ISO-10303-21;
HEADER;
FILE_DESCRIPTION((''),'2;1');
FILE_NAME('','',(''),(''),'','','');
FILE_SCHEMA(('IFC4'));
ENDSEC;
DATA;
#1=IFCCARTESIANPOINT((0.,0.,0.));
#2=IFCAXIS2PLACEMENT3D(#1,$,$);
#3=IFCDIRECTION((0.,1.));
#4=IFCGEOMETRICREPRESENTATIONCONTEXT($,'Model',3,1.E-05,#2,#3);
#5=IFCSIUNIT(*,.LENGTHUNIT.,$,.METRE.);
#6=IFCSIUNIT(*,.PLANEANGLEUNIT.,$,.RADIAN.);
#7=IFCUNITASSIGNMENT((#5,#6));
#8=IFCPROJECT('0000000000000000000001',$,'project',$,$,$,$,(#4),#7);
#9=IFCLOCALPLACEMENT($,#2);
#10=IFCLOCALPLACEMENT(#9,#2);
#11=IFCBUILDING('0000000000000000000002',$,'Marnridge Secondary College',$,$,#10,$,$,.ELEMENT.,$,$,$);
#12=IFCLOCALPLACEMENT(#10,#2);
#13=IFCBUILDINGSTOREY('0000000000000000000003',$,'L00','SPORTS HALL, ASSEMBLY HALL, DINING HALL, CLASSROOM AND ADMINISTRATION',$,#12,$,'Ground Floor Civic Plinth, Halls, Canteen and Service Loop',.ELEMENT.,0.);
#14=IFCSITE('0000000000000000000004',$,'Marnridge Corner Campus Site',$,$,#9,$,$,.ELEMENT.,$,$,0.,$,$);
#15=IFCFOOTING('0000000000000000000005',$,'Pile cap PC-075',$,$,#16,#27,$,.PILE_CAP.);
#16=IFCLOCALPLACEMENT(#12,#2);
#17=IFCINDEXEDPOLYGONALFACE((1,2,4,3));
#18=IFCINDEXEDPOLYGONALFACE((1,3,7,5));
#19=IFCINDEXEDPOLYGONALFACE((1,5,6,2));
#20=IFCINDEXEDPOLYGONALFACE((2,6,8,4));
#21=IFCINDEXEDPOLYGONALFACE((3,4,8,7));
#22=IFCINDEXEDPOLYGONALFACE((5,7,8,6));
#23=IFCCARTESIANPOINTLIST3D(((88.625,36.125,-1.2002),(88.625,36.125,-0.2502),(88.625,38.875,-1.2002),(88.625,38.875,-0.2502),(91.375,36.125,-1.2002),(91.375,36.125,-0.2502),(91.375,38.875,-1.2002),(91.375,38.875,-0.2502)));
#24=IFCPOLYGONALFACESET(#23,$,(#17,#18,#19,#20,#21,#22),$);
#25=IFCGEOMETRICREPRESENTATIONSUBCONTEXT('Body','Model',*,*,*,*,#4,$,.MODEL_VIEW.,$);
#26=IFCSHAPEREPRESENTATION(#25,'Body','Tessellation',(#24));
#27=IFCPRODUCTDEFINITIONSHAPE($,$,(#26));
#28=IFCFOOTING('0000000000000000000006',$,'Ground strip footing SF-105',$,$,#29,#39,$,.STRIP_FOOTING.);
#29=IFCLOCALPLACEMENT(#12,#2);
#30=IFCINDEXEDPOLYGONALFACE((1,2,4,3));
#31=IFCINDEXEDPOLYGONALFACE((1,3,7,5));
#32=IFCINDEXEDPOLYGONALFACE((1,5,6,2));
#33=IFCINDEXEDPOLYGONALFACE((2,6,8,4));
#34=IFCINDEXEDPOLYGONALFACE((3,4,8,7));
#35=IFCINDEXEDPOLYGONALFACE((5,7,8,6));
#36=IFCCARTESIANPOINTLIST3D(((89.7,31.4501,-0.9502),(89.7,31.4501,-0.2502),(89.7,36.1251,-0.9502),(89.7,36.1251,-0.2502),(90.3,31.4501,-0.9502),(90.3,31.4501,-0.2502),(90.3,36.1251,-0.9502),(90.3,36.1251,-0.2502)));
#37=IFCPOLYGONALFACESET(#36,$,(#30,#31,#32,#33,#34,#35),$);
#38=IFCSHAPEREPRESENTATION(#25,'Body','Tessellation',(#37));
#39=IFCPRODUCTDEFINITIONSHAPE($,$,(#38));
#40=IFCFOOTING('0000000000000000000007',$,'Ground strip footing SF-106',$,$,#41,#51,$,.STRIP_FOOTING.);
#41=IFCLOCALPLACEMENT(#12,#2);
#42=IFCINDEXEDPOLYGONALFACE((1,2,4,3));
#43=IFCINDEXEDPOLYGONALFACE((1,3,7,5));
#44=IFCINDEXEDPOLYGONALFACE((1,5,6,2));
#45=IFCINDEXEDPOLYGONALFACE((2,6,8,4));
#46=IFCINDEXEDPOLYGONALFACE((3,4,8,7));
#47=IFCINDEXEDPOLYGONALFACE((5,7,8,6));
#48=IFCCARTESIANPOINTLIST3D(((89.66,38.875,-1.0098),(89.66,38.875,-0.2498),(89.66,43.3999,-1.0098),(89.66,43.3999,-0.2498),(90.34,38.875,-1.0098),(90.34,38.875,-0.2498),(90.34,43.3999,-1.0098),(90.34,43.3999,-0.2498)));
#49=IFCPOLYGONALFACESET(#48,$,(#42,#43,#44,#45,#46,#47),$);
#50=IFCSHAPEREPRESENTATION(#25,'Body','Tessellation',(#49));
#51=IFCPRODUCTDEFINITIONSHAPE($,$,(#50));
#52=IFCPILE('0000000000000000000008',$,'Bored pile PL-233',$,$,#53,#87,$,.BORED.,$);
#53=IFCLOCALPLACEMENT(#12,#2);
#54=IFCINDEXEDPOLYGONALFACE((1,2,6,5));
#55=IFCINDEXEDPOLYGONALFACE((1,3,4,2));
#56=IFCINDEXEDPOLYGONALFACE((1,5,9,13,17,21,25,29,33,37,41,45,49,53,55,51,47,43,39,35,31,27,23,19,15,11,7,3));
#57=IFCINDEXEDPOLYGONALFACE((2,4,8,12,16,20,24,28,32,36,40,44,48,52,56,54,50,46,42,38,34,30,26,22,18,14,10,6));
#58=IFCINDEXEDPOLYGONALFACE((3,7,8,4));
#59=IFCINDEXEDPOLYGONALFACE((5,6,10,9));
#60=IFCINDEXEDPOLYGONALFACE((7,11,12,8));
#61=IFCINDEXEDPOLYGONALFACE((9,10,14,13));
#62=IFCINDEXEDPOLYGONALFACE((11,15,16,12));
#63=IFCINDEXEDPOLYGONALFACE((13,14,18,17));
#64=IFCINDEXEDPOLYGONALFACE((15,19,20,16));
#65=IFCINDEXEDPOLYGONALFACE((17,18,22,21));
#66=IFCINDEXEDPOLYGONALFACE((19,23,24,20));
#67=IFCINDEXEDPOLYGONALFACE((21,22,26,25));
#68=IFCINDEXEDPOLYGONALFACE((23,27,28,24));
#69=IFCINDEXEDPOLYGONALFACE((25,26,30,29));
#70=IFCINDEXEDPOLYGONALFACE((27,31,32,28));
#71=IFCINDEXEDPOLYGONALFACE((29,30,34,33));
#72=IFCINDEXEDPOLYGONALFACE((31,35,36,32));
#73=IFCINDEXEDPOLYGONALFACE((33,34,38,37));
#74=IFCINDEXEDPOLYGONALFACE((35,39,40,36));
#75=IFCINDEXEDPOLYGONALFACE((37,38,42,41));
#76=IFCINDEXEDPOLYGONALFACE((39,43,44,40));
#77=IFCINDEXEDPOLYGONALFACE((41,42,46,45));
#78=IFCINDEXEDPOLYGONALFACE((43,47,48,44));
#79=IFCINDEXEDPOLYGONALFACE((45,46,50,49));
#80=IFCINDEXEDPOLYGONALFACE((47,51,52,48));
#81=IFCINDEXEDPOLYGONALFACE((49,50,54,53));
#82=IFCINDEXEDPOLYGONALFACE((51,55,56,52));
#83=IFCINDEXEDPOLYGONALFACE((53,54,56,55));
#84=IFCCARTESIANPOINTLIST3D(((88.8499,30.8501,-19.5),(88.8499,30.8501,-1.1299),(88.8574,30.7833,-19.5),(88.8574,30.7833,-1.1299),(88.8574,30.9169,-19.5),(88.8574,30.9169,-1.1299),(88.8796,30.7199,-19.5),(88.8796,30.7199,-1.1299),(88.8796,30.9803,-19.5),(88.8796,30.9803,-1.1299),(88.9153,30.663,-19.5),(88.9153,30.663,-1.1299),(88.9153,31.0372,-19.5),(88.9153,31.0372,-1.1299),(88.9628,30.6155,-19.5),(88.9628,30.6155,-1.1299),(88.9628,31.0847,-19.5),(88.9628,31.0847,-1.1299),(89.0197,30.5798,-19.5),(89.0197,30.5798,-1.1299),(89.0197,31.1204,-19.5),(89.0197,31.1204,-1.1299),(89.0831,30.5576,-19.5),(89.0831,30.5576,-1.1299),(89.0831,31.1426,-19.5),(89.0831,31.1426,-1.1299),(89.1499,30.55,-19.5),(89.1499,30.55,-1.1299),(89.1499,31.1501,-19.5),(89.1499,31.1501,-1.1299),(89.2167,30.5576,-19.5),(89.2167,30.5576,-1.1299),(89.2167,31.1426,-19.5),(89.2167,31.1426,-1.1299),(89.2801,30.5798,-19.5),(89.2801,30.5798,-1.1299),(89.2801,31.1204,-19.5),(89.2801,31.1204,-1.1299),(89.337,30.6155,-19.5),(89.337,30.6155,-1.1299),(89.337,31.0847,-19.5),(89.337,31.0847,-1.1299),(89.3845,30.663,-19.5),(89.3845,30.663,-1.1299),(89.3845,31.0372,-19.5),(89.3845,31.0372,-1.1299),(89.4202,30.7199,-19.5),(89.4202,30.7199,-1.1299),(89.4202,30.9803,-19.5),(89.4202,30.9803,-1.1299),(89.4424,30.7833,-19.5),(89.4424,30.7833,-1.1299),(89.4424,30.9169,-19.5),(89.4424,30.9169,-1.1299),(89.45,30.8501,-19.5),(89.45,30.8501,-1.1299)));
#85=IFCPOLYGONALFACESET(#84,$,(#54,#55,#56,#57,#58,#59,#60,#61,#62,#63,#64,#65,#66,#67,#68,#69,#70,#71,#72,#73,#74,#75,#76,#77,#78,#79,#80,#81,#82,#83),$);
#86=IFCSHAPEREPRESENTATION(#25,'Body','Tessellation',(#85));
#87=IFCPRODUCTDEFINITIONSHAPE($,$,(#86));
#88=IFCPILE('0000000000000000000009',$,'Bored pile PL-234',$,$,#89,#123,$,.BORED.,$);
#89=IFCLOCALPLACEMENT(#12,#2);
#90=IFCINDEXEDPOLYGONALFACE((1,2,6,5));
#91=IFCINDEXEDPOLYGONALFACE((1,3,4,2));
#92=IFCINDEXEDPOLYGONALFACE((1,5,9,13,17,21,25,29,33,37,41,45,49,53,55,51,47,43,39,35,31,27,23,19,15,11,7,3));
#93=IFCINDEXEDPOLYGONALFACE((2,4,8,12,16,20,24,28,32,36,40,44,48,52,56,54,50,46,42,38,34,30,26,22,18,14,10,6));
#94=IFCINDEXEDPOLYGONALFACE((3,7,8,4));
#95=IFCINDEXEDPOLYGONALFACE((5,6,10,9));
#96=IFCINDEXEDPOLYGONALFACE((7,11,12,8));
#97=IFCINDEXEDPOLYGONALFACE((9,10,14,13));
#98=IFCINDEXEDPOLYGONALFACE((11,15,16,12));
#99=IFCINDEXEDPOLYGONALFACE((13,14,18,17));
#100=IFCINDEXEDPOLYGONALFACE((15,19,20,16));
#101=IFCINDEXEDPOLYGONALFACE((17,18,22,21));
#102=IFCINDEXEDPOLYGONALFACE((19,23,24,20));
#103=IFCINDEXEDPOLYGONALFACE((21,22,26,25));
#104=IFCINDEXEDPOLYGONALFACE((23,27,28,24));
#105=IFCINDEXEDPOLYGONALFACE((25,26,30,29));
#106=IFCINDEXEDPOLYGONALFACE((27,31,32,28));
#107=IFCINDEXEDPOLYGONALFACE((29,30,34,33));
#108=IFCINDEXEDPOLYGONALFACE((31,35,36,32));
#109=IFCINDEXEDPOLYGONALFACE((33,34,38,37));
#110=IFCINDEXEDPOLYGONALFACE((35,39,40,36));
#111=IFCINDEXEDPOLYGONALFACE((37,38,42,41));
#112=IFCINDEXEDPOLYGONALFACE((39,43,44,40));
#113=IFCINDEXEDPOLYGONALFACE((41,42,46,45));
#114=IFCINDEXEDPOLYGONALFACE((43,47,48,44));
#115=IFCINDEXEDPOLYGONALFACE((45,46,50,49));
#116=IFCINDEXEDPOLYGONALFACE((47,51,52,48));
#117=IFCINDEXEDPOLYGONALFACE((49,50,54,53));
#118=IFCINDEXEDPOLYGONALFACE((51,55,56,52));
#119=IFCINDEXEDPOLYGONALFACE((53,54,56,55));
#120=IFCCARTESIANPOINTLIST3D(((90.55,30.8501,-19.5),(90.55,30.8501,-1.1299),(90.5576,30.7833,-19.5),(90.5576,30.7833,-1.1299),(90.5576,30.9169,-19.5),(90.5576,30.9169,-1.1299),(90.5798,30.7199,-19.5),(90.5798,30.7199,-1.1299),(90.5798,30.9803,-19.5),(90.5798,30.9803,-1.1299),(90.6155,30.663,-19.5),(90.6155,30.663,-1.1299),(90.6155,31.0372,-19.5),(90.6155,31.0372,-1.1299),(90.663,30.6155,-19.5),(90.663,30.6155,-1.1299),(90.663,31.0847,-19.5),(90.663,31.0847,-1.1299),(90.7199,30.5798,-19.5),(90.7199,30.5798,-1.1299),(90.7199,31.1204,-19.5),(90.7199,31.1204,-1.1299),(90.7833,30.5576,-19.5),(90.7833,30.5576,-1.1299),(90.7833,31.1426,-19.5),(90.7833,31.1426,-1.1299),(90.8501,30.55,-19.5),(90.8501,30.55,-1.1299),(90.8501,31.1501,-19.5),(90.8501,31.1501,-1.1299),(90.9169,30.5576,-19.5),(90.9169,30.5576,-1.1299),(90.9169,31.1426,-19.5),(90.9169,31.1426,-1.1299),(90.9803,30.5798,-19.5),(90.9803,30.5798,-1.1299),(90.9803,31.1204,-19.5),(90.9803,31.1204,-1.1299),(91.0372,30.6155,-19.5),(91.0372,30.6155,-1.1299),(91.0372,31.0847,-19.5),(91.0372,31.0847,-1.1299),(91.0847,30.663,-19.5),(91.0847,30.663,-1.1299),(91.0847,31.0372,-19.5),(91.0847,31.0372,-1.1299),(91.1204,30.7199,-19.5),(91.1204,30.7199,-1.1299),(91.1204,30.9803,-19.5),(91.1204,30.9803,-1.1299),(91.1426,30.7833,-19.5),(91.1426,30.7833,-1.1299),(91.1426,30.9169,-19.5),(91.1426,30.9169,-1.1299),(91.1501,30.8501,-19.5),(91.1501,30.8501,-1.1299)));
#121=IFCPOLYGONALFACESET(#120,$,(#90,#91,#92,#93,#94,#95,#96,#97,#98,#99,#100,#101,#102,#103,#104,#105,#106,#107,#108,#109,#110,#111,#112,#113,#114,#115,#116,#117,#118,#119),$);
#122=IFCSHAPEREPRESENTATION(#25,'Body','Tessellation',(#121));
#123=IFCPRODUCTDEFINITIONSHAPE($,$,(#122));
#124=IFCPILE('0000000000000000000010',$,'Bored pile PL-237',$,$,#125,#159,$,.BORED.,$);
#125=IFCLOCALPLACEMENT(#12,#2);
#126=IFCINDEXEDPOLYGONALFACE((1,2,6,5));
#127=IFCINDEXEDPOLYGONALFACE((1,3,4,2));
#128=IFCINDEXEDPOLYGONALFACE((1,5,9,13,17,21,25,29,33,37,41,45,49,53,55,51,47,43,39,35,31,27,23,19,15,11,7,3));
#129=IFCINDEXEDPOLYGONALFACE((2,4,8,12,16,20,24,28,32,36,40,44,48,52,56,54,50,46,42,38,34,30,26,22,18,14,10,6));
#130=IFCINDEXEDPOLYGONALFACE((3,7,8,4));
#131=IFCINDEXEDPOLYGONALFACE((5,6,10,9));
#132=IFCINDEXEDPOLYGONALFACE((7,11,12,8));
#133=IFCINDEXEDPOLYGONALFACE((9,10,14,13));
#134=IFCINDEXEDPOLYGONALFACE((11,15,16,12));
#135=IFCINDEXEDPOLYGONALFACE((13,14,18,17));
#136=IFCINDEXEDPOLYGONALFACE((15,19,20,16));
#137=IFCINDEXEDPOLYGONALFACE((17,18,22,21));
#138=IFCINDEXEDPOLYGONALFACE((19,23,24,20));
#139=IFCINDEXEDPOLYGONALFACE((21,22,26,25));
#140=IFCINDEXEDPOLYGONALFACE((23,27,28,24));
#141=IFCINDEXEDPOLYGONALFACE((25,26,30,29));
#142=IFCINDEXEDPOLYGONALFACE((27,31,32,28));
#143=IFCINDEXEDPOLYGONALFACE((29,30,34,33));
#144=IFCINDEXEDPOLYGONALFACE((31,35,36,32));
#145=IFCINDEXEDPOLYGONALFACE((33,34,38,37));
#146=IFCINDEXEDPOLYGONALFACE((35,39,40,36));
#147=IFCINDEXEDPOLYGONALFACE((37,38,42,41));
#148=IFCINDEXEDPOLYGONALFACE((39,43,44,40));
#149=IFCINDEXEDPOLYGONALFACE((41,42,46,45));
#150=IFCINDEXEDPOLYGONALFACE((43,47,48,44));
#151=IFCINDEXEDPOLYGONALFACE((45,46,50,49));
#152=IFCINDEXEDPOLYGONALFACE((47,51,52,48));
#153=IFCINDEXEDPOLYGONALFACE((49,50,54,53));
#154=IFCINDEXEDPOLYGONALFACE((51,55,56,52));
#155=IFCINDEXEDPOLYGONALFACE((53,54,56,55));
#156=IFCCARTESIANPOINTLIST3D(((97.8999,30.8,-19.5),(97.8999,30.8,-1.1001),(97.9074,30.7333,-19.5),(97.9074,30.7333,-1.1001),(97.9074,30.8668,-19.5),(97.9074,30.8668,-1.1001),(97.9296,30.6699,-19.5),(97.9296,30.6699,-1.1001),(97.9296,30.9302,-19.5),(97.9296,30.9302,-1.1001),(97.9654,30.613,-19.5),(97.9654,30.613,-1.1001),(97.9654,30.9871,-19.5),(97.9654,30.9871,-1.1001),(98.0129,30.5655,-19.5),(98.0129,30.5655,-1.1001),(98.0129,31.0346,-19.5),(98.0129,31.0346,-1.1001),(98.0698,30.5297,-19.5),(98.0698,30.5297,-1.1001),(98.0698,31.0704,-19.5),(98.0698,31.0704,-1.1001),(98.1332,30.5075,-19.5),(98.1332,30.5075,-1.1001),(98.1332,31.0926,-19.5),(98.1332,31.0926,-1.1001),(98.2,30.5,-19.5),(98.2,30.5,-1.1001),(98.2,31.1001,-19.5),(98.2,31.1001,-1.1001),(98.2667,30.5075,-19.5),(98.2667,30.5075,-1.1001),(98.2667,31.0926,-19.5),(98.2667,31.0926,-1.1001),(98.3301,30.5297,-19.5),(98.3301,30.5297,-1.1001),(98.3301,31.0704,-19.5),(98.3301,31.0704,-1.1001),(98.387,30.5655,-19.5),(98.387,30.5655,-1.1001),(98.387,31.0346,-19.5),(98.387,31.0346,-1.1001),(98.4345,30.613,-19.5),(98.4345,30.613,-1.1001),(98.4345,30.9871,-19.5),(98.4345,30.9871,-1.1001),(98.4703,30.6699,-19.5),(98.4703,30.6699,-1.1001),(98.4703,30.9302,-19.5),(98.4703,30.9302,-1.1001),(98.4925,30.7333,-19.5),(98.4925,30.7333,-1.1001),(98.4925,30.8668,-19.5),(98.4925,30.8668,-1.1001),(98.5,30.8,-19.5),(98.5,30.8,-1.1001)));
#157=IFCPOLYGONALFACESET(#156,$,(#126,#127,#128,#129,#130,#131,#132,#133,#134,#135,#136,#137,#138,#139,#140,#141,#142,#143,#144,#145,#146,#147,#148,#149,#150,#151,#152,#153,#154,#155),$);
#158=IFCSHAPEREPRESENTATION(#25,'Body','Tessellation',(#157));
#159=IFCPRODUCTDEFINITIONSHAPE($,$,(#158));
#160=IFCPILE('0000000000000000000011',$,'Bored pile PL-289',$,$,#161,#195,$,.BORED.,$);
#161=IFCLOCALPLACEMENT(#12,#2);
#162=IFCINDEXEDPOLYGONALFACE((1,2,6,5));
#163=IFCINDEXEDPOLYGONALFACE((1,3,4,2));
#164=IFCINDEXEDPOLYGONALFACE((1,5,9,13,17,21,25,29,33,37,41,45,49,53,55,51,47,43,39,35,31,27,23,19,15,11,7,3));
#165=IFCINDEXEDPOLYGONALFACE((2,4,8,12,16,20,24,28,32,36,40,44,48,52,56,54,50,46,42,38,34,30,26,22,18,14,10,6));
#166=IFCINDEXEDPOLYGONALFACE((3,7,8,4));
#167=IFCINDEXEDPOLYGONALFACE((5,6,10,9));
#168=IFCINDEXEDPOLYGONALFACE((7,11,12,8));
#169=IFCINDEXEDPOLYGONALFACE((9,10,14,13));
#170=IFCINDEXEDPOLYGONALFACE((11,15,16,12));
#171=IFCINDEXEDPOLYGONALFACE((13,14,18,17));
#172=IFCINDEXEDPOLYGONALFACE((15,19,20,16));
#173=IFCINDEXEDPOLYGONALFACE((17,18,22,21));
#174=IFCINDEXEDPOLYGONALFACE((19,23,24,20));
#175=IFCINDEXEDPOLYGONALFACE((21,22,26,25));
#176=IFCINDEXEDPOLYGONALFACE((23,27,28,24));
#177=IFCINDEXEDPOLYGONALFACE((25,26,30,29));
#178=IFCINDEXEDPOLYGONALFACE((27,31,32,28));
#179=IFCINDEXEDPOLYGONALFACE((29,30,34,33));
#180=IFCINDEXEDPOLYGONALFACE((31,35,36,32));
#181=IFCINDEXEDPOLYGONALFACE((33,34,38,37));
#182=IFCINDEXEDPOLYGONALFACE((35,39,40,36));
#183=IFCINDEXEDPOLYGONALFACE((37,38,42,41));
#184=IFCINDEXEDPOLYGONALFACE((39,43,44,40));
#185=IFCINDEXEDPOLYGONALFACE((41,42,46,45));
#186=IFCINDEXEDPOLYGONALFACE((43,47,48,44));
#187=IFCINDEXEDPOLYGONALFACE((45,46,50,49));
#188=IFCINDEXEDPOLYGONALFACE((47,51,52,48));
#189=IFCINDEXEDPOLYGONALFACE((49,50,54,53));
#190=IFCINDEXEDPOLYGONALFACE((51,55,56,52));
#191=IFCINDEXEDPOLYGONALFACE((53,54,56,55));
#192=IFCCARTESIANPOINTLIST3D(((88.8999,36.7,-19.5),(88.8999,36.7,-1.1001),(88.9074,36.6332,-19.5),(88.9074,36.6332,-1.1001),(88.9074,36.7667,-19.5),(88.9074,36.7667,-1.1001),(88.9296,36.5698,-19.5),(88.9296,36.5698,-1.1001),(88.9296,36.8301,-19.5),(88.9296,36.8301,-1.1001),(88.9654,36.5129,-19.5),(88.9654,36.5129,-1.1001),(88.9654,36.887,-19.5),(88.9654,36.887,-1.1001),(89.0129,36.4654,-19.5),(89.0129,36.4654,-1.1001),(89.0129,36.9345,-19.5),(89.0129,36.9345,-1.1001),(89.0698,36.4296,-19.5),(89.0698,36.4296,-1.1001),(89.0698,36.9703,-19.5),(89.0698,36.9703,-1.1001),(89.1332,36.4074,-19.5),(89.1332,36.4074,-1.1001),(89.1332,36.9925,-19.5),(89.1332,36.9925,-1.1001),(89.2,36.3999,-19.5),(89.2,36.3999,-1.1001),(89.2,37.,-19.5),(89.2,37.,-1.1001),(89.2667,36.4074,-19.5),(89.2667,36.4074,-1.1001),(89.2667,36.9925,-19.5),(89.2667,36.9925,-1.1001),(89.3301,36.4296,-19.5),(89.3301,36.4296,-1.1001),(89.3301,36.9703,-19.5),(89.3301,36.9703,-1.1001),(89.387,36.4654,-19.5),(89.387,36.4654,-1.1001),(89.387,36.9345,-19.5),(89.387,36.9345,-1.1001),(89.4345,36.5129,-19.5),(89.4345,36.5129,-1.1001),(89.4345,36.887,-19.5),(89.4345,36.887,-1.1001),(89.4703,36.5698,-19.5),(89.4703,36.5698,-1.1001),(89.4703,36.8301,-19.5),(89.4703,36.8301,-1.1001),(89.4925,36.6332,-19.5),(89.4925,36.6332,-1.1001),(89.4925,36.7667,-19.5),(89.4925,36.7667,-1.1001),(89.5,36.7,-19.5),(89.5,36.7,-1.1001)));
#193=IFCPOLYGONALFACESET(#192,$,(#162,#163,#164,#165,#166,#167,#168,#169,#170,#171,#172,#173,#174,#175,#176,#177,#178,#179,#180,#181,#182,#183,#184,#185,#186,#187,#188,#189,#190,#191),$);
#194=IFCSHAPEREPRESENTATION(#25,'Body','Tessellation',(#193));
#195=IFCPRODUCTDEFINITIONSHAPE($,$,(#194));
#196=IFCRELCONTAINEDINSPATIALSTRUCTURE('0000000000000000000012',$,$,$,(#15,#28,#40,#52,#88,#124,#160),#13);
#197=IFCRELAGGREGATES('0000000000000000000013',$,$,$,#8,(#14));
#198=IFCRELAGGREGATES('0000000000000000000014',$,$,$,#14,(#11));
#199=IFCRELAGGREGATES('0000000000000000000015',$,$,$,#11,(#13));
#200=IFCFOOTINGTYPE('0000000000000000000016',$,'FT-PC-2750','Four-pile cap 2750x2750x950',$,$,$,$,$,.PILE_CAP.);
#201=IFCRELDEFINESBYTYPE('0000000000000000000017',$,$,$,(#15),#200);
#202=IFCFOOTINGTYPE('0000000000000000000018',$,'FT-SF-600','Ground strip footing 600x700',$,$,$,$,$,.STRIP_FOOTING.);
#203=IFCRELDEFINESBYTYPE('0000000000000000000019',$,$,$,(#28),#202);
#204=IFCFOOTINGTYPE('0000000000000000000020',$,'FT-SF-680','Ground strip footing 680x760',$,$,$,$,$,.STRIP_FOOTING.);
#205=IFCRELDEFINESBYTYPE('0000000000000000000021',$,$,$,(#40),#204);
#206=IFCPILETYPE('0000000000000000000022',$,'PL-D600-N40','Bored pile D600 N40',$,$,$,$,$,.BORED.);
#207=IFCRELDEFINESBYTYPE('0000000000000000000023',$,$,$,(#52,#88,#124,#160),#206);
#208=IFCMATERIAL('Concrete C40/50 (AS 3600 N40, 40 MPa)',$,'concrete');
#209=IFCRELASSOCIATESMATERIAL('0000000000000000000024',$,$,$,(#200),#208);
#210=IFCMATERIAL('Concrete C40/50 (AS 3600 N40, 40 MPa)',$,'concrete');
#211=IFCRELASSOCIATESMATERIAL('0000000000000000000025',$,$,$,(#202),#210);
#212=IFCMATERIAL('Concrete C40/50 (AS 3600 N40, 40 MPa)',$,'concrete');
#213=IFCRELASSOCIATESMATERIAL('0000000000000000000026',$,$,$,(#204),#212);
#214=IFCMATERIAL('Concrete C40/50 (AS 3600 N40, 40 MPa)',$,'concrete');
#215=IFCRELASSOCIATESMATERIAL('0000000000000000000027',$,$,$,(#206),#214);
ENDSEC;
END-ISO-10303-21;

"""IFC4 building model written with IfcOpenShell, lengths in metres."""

from ifc_helpers import new_model, si_unit, direction, frame, origin, origin_2d, place, context, subcontext, project, spatial, rectangle, circle, extrude, material, material_profile, profile_set, type_object, element, save


model = new_model("IFC4")

# Units and contexts
model_context = context("Model", 3, precision=1e-05, world=origin(), true_north=direction((0.0, 1.0)))
body_context = subcontext(model_context, "Body", "Model", "MODEL_VIEW")
ifc_project = project(units=[si_unit("LENGTHUNIT", "METRE"), si_unit("PLANEANGLEUNIT", "RADIAN")], contexts=[model_context])

# Site, building, storey
site_placement = place(None, origin())
site = spatial("IfcSite", under=ifc_project, at=site_placement, Name="Marnridge Corner Campus Site", CompositionType="ELEMENT", RefElevation=0.0)
building_placement = place(site_placement, origin())
building = spatial("IfcBuilding", under=site, at=building_placement, Name="Marnridge Secondary College", CompositionType="ELEMENT")
storey_placement = place(building_placement, origin())
storey = spatial("IfcBuildingStorey", under=building, at=storey_placement, Name="L00", Description="SPORTS HALL, ASSEMBLY HALL, DINING HALL, CLASSROOM AND ADMINISTRATION", LongName="Ground Floor Civic Plinth, Halls, Canteen and Service Loop", CompositionType="ELEMENT", Elevation=0.0)

# Footings
ifc_material_1 = material(Name="Concrete C40/50 (AS 3600 N40, 40 MPa)", Category="concrete")
footing_type_1 = type_object("IfcFootingType", Name="FT-PC-2750", Description="Four-pile cap 2750x2750x950", PredefinedType="PILE_CAP", material=ifc_material_1)
footing_1_placement = place(storey_placement, frame((90.0, 37.5, -1.2002), z_axis=(0.0, 0.0, 1.0), x_axis=(1.0, 0.0, 0.0)))
element("IfcFooting", 1, at=footing_1_placement, inside=storey, type_object=footing_type_1, Name="Pile cap PC-075", PredefinedType="PILE_CAP", context=body_context, shape_type="SweptSolid", body=[
    extrude(rectangle(XDim=2.75, YDim=2.75, at=origin_2d()), origin(), (0.0, 0.0, 1.0), 0.95),
])
ifc_material_2 = material(Name="Concrete C40/50 (AS 3600 N40, 40 MPa)", Category="concrete")
footing_type_2 = type_object("IfcFootingType", Name="FT-SF-600", Description="Ground strip footing 600x700", PredefinedType="STRIP_FOOTING", material=ifc_material_2)
footing_2_placement = place(storey_placement, frame((90.0, 33.7876, -0.9502), z_axis=(0.0, 0.0, 1.0), x_axis=(1.0, 0.0, 0.0)))
element("IfcFooting", 2, at=footing_2_placement, inside=storey, type_object=footing_type_2, Name="Ground strip footing SF-105", PredefinedType="STRIP_FOOTING", context=body_context, shape_type="SweptSolid", body=[
    extrude(rectangle(XDim=0.6001, YDim=4.675, at=origin_2d()), origin(), (0.0, 0.0, 1.0), 0.7),
])
ifc_material_3 = material(Name="Concrete C40/50 (AS 3600 N40, 40 MPa)", Category="concrete")
footing_type_3 = type_object("IfcFootingType", Name="FT-SF-680", Description="Ground strip footing 680x760", PredefinedType="STRIP_FOOTING", material=ifc_material_3)
footing_3_placement = place(storey_placement, frame((90.0, 41.1375, -1.0098), z_axis=(0.0, 0.0, 1.0), x_axis=(1.0, 0.0, 0.0)))
element("IfcFooting", 3, at=footing_3_placement, inside=storey, type_object=footing_type_3, Name="Ground strip footing SF-106", PredefinedType="STRIP_FOOTING", context=body_context, shape_type="SweptSolid", body=[
    extrude(rectangle(XDim=0.6799, YDim=4.5249, at=origin_2d()), origin(), (0.0, 0.0, 1.0), 0.76),
])

# Piles
ifc_material_4 = material(Name="Concrete C40/50 (AS 3600 N40, 40 MPa)", Category="concrete")
ifc_material_profile_1 = material_profile(ifc_material_4, circle(Radius=0.3, at=origin_2d()), Name="PILE D600")
ifc_profile_set_1 = profile_set([ifc_material_profile_1], Name="Concrete C40/50 (AS 3600 N40, 40 MPa)")
pile_type = type_object("IfcPileType", Name="PL-D600-N40", Description="Bored pile D600 N40", PredefinedType="BORED", material=ifc_profile_set_1)
for number, where, z_axis, x_axis, name in (
    (4, (89.1499, 30.8501, -1.1299), (0.0, 0.0, -1.0), (1.0, 0.0, 0.0), "Bored pile PL-233"),
    (5, (90.8501, 30.8501, -1.1299), (0.0, 0.0, -1.0), (1.0, 0.0, 0.0), "Bored pile PL-234"),
):
    element("IfcPile", number, at=place(storey_placement, frame(where, z_axis=z_axis, x_axis=x_axis)), inside=storey, type_object=pile_type, Name=name, PredefinedType="BORED", context=body_context, shape_type="SweptSolid", body=[
        extrude(circle(Radius=0.3, at=origin_2d()), origin(), (0.0, 0.0, 1.0), 18.3701),
    ])
for number, where, z_axis, x_axis, name in (
    (6, (98.2, 30.8, -1.1001), (0.0, 0.0, -1.0), (1.0, 0.0, 0.0), "Bored pile PL-237"),
    (7, (89.2, 36.7, -1.1001), (0.0, 0.0, -1.0), (1.0, 0.0, 0.0), "Bored pile PL-289"),
):
    element("IfcPile", number, at=place(storey_placement, frame(where, z_axis=z_axis, x_axis=x_axis)), inside=storey, type_object=pile_type, Name=name, PredefinedType="BORED", context=body_context, shape_type="SweptSolid", body=[
        extrude(circle(Radius=0.3, at=origin_2d()), origin(), (0.0, 0.0, 1.0), 18.3999),
    ])

save(model, "model.ifc")
